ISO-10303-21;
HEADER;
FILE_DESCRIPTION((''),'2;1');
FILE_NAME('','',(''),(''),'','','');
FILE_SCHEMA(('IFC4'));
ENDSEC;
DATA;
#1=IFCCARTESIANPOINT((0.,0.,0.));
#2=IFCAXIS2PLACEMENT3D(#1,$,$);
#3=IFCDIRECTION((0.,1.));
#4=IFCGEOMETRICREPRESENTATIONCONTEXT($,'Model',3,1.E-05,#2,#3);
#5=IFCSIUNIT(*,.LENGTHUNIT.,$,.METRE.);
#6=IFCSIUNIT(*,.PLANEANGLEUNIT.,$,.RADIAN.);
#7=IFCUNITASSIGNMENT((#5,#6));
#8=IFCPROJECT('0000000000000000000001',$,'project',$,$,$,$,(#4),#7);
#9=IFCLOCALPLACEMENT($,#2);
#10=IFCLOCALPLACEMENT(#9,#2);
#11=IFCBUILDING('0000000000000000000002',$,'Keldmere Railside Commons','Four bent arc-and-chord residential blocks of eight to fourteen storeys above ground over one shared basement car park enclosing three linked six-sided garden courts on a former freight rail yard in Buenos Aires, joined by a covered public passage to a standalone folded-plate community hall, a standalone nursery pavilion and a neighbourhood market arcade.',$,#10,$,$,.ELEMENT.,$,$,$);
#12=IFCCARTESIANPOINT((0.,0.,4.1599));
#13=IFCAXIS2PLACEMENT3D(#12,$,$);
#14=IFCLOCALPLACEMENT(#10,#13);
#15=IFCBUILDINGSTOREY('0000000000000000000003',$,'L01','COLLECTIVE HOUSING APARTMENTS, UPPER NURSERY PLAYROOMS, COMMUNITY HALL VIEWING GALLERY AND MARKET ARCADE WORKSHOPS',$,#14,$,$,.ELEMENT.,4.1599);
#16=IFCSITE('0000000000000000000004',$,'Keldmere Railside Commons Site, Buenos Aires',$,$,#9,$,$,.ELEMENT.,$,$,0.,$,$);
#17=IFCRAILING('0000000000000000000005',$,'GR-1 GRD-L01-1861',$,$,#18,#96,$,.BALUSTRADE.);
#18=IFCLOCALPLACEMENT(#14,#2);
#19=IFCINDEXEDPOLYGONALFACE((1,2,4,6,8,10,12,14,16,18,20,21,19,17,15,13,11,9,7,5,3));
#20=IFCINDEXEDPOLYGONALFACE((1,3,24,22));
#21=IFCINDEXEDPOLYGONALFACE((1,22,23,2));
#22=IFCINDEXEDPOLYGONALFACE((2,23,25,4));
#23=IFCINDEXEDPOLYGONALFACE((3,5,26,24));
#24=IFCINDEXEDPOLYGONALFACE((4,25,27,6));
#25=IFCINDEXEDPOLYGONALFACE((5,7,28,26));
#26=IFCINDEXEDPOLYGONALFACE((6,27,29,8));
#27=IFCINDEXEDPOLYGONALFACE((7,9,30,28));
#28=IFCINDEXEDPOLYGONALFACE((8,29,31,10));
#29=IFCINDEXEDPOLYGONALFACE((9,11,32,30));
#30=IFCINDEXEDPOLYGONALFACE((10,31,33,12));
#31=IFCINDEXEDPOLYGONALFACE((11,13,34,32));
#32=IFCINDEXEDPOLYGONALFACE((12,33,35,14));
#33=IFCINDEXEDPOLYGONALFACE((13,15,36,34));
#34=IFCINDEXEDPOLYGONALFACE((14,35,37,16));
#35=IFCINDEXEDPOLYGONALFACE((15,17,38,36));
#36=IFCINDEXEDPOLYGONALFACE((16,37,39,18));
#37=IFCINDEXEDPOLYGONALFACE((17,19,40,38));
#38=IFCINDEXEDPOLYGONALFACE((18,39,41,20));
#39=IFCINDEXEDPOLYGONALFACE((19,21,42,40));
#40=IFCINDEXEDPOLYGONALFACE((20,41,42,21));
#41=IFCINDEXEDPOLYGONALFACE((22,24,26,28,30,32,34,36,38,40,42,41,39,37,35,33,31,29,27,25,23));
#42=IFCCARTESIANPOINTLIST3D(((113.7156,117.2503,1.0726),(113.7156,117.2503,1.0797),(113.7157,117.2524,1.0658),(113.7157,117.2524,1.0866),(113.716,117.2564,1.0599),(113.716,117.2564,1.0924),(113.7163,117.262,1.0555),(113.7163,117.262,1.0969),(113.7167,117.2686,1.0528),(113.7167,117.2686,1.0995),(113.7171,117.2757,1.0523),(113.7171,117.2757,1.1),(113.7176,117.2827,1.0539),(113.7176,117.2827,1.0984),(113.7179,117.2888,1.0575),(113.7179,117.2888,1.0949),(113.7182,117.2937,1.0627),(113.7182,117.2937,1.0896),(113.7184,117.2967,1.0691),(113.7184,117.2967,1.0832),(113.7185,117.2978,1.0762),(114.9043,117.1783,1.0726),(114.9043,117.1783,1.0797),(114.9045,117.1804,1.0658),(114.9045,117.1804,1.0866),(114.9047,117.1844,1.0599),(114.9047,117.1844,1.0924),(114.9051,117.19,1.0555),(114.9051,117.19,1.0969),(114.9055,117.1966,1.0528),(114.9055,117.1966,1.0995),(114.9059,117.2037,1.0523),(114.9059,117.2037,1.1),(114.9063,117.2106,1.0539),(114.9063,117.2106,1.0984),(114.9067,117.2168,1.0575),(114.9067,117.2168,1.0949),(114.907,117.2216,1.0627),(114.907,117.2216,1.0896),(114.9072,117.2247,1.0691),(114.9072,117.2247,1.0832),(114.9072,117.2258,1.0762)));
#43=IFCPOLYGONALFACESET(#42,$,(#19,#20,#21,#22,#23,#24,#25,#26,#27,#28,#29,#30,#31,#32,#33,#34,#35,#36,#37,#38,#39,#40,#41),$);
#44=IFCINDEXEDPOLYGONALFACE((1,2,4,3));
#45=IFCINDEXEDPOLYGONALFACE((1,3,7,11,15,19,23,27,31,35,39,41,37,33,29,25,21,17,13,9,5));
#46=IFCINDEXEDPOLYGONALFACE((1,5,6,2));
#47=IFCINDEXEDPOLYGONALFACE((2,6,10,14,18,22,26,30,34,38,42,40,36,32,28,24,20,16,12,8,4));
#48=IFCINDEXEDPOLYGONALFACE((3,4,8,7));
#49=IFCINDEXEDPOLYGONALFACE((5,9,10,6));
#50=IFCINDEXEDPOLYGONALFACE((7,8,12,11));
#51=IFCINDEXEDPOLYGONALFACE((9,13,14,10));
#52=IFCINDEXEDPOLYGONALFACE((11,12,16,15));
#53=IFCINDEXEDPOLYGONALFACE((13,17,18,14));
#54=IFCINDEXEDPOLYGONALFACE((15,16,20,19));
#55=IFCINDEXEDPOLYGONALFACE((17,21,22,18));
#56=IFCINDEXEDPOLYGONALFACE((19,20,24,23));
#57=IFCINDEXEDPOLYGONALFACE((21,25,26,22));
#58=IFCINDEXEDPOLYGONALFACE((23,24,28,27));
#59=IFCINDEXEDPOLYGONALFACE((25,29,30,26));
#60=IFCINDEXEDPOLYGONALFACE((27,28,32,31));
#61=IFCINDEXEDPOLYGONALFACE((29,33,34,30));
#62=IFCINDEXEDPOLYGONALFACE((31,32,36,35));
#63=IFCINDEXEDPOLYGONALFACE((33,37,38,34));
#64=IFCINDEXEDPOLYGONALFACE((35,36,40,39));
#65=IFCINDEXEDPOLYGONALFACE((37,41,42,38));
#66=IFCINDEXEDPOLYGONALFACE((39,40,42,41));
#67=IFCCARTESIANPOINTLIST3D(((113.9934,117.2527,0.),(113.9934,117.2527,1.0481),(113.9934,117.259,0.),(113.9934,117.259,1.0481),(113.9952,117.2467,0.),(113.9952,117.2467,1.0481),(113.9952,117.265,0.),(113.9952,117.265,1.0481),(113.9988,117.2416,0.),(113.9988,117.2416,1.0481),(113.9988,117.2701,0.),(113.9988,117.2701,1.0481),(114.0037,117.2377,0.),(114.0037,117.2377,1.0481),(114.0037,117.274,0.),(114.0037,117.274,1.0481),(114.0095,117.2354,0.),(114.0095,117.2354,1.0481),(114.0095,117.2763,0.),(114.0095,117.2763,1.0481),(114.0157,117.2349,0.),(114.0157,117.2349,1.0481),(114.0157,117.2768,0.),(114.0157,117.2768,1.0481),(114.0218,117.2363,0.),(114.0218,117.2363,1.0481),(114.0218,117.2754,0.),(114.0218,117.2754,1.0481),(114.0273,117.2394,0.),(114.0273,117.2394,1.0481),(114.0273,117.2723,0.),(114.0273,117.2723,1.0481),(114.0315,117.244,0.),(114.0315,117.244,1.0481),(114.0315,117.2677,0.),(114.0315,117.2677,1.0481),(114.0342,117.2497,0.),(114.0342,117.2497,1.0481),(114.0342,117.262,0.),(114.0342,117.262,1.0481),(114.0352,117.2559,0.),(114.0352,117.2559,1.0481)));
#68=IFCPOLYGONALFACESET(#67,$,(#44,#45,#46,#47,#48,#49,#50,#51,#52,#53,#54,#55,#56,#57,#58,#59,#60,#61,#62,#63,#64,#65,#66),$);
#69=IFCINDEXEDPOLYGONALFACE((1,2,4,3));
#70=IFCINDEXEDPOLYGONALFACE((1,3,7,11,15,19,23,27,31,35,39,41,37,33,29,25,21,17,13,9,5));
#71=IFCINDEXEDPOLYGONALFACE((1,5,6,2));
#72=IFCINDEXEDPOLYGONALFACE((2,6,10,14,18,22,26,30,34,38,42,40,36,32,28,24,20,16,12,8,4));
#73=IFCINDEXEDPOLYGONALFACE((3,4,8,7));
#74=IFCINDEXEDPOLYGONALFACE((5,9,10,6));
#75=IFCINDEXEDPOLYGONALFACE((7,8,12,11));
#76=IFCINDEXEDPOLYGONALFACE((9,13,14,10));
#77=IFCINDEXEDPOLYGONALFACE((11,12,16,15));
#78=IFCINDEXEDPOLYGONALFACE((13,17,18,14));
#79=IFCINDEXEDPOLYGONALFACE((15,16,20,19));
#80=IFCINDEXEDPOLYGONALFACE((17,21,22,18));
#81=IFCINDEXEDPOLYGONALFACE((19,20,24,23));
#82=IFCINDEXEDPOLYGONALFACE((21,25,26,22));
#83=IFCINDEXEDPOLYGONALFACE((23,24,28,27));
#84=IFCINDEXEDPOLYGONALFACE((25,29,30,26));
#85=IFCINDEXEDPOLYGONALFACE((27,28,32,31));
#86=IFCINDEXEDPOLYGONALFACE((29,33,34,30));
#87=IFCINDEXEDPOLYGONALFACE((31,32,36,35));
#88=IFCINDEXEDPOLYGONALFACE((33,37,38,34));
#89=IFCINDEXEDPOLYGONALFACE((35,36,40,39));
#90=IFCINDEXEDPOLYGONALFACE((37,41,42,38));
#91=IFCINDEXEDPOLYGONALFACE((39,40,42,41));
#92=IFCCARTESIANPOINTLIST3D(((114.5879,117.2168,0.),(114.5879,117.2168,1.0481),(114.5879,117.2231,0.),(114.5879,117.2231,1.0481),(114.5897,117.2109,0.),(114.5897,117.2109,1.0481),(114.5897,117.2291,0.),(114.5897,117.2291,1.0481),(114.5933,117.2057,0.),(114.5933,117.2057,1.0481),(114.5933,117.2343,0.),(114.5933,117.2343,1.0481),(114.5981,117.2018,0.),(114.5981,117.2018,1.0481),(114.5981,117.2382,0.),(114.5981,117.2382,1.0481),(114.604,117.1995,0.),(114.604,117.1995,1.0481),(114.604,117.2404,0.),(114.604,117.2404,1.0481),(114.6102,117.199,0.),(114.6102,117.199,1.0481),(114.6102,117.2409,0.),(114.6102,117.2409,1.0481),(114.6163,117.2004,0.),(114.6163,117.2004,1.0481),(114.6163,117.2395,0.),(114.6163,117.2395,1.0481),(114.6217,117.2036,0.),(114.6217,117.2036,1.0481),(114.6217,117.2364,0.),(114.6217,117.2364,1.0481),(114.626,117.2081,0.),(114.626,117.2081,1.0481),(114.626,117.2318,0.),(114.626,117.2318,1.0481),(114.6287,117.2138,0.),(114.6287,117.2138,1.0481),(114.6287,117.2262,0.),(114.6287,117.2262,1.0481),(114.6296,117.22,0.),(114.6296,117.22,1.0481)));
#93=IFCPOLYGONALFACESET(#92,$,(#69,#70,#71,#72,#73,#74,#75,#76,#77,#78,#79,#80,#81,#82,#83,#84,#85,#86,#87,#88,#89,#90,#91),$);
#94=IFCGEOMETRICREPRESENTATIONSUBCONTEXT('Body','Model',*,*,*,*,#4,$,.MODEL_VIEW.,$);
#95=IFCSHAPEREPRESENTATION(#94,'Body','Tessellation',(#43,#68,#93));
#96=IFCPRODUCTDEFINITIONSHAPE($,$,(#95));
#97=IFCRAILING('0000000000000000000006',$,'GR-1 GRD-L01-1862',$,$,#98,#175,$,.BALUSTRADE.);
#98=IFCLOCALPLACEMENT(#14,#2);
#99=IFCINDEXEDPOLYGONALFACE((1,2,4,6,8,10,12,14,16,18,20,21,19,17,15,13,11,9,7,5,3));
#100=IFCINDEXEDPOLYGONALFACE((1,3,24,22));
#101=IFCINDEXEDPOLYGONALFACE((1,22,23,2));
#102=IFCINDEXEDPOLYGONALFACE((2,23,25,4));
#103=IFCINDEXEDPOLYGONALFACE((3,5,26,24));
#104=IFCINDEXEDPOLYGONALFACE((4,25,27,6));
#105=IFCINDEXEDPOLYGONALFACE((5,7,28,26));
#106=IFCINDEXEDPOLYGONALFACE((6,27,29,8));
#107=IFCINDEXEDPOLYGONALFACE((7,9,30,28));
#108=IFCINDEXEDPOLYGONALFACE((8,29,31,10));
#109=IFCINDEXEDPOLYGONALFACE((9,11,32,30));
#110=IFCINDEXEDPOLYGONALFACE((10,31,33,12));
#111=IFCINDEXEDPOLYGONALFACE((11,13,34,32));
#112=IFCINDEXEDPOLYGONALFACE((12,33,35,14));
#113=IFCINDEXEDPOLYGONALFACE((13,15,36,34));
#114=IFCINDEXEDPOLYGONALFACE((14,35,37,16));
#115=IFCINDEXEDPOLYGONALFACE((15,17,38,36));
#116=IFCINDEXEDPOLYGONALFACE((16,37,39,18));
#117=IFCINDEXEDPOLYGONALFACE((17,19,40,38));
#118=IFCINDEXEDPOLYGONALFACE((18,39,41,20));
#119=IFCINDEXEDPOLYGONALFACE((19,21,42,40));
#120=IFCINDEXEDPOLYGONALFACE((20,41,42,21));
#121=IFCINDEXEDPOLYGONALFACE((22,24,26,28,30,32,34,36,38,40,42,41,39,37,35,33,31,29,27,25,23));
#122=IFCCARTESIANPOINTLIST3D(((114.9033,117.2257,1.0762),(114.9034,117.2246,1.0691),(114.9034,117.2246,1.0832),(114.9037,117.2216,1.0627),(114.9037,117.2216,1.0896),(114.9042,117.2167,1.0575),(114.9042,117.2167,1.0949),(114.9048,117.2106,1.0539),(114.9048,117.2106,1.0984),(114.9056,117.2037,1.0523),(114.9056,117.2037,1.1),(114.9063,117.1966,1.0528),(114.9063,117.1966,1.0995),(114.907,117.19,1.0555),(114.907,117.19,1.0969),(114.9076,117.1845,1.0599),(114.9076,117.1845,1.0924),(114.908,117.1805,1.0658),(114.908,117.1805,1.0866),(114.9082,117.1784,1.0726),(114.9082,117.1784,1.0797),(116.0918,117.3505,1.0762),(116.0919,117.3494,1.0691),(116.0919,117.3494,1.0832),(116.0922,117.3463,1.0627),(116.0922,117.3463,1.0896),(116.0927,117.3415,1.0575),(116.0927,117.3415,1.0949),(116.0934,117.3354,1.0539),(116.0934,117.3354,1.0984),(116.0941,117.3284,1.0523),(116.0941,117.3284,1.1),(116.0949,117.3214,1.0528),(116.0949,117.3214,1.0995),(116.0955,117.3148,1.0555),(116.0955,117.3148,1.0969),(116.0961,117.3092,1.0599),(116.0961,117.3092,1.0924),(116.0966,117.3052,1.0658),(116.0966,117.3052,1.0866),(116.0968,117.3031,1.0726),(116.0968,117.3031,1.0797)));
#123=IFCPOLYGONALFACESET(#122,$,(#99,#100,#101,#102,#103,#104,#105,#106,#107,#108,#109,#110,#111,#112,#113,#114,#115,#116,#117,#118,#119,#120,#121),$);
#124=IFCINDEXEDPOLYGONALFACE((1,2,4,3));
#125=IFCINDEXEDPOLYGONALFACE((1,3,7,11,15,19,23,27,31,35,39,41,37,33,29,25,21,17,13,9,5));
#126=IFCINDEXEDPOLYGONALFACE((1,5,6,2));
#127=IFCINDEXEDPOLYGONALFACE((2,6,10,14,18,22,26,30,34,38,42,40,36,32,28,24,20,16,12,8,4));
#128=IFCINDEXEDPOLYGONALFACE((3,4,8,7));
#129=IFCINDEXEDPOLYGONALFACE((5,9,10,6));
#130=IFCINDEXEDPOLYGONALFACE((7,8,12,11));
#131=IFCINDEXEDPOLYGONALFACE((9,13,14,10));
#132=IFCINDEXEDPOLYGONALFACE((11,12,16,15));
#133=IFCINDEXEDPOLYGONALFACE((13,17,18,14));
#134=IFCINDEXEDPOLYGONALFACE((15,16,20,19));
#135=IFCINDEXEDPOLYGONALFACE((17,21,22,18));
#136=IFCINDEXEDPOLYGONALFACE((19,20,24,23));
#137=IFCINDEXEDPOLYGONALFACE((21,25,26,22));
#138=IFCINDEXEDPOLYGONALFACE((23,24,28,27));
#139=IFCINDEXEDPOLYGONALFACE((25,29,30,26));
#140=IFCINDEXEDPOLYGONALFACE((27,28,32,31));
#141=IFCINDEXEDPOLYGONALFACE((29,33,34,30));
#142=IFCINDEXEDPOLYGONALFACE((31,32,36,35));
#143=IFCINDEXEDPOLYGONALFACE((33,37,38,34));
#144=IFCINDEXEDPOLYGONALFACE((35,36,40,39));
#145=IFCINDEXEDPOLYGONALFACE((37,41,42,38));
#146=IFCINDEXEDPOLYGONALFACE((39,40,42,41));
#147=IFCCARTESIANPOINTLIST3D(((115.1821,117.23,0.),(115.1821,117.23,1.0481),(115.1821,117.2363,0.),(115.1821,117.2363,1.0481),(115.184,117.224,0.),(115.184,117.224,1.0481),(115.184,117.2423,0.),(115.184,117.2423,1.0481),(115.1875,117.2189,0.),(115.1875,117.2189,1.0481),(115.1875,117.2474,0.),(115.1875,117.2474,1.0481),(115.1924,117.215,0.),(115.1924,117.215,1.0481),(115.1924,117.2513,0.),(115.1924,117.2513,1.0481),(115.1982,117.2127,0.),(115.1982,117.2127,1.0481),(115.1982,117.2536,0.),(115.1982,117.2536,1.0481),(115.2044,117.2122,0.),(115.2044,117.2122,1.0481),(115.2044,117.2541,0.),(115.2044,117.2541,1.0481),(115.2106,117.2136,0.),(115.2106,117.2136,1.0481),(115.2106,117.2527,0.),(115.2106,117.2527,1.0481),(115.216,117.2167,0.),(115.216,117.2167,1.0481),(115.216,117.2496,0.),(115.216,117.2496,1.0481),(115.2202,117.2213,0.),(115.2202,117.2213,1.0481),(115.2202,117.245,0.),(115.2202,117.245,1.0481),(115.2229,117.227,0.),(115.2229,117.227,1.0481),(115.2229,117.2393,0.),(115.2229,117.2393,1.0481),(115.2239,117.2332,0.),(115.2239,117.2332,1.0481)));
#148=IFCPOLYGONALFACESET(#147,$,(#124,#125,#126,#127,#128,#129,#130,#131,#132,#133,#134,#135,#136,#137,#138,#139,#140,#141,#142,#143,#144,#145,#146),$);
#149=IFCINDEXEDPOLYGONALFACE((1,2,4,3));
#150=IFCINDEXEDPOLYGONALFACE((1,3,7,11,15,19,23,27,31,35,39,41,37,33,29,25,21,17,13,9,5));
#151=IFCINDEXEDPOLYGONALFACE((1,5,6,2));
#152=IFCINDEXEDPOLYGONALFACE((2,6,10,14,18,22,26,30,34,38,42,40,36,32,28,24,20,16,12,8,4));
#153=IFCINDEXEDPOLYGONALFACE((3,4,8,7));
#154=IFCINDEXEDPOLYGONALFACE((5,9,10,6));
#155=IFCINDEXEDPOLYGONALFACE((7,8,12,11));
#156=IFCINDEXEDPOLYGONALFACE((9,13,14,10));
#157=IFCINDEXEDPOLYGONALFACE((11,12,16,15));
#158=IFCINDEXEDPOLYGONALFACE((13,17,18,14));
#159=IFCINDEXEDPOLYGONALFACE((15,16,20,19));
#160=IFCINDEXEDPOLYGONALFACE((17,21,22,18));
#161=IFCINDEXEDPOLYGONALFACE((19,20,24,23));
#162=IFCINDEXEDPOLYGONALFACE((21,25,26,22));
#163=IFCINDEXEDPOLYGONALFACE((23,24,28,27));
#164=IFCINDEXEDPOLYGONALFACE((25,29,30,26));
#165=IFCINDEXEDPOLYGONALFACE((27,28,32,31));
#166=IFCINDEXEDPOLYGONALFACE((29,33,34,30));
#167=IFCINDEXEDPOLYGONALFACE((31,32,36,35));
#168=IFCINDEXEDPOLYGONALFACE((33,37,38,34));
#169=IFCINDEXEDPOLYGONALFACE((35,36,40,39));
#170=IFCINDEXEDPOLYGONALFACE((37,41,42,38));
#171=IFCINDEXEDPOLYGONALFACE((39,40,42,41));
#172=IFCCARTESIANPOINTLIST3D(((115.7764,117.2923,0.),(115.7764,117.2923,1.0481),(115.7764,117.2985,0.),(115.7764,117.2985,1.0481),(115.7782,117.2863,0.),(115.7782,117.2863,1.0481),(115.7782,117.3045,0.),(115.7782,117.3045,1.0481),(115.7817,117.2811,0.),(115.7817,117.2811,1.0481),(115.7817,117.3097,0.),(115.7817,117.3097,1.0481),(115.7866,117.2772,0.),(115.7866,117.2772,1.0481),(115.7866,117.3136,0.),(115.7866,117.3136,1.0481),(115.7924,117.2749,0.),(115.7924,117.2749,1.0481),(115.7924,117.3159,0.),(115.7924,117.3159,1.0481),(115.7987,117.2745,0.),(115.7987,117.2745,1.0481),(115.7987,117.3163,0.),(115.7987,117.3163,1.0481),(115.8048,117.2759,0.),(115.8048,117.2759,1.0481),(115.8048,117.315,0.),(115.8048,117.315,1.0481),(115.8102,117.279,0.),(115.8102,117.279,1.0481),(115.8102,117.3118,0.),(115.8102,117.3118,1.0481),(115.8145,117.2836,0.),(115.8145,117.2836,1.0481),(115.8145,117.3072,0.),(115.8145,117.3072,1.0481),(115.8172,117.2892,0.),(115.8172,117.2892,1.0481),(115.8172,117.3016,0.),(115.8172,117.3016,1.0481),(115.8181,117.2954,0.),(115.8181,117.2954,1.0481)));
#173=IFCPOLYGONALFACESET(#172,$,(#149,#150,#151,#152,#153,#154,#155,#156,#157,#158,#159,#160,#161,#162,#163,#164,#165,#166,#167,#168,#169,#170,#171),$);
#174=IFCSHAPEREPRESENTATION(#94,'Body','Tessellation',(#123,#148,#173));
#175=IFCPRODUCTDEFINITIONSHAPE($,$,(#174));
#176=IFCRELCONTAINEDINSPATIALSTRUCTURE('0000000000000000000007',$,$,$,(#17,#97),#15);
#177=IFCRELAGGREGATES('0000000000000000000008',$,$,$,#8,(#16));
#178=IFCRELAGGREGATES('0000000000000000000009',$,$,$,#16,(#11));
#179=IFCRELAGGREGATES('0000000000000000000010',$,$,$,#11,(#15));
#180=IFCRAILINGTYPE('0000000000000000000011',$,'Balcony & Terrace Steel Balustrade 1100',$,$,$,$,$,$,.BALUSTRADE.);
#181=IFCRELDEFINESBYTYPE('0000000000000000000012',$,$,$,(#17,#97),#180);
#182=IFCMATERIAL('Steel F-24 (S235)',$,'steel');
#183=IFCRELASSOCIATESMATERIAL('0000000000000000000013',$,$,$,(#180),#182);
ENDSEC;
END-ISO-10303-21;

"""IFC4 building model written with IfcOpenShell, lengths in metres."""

from ifc_helpers import new_model, si_unit, direction, frame, origin, origin_2d, place, context, subcontext, project, spatial, circle, extrude, material, type_object, element, save


model = new_model("IFC4")

# Units and contexts
model_context = context("Model", 3, precision=1e-05, world=origin(), true_north=direction((0.0, 1.0)))
body_context = subcontext(model_context, "Body", "Model", "MODEL_VIEW")
ifc_project = project(units=[si_unit("LENGTHUNIT", "METRE"), si_unit("PLANEANGLEUNIT", "RADIAN")], contexts=[model_context])

# Site, building, storey
site_placement = place(None, origin())
site = spatial("IfcSite", under=ifc_project, at=site_placement, Name="Keldmere Railside Commons Site, Buenos Aires", CompositionType="ELEMENT", RefElevation=0.0)
building_placement = place(site_placement, origin())
building = spatial("IfcBuilding", under=site, at=building_placement, Name="Keldmere Railside Commons", Description="Four bent arc-and-chord residential blocks of eight to fourteen storeys above ground over one shared basement car park enclosing three linked six-sided garden courts on a former freight rail yard in Buenos Aires, joined by a covered public passage to a standalone folded-plate community hall, a standalone nursery pavilion and a neighbourhood market arcade.", CompositionType="ELEMENT")
storey_placement = place(building_placement, frame((0.0, 0.0, 4.1599)))
storey = spatial("IfcBuildingStorey", under=building, at=storey_placement, Name="L01", Description="COLLECTIVE HOUSING APARTMENTS, UPPER NURSERY PLAYROOMS, COMMUNITY HALL VIEWING GALLERY AND MARKET ARCADE WORKSHOPS", CompositionType="ELEMENT", Elevation=4.1599)

# Railings
ifc_material_1 = material(Name="Steel F-24 (S235)", Category="steel")
railing_type = type_object("IfcRailingType", Name="Balcony & Terrace Steel Balustrade 1100", PredefinedType="BALUSTRADE", material=ifc_material_1)
railing_1_placement = place(storey_placement, frame((113.717, 117.2739, 0.0)))
element("IfcRailing", 1, at=railing_1_placement, inside=storey, type_object=railing_type, Name="GR-1 GRD-L01-1861", PredefinedType="BALUSTRADE", context=body_context, shape_type="SweptSolid", body=[
    extrude(circle(Radius=0.0239, at=origin_2d()), frame((0.0, 0.0, 1.0762), z_axis=(0.99817, -0.060476, 0.0), x_axis=(0.060476, 0.99817, 0.0)), (0.0, 0.0, 1.0), 1.1909),
    extrude(circle(Radius=0.021, at=origin_2d()), frame((0.2971, -0.0181, 0.0)), (0.0, 0.0, 1.0), 1.0481),
    extrude(circle(Radius=0.021, at=origin_2d()), frame((0.8916, -0.054, 0.0)), (0.0, 0.0, 1.0), 1.0481),
])
railing_2_placement = place(storey_placement, frame((114.9058, 117.2019, 0.0)))
element("IfcRailing", 2, at=railing_2_placement, inside=storey, type_object=railing_type, Name="GR-1 GRD-L01-1862", PredefinedType="BALUSTRADE", context=body_context, shape_type="SweptSolid", body=[
    extrude(circle(Radius=0.0239, at=origin_2d()), frame((0.0, 0.0, 1.0762), z_axis=(0.994536, 0.104398, 0.0), x_axis=(-0.104398, 0.994536, 0.0)), (0.0, 0.0, 1.0), 1.1951),
    extrude(circle(Radius=0.021, at=origin_2d()), frame((0.2971, 0.0312, 0.0)), (0.0, 0.0, 1.0), 1.0481),
    extrude(circle(Radius=0.021, at=origin_2d()), frame((0.8914, 0.0935, 0.0)), (0.0, 0.0, 1.0), 1.0481),
])

save(model, "model.ifc")
